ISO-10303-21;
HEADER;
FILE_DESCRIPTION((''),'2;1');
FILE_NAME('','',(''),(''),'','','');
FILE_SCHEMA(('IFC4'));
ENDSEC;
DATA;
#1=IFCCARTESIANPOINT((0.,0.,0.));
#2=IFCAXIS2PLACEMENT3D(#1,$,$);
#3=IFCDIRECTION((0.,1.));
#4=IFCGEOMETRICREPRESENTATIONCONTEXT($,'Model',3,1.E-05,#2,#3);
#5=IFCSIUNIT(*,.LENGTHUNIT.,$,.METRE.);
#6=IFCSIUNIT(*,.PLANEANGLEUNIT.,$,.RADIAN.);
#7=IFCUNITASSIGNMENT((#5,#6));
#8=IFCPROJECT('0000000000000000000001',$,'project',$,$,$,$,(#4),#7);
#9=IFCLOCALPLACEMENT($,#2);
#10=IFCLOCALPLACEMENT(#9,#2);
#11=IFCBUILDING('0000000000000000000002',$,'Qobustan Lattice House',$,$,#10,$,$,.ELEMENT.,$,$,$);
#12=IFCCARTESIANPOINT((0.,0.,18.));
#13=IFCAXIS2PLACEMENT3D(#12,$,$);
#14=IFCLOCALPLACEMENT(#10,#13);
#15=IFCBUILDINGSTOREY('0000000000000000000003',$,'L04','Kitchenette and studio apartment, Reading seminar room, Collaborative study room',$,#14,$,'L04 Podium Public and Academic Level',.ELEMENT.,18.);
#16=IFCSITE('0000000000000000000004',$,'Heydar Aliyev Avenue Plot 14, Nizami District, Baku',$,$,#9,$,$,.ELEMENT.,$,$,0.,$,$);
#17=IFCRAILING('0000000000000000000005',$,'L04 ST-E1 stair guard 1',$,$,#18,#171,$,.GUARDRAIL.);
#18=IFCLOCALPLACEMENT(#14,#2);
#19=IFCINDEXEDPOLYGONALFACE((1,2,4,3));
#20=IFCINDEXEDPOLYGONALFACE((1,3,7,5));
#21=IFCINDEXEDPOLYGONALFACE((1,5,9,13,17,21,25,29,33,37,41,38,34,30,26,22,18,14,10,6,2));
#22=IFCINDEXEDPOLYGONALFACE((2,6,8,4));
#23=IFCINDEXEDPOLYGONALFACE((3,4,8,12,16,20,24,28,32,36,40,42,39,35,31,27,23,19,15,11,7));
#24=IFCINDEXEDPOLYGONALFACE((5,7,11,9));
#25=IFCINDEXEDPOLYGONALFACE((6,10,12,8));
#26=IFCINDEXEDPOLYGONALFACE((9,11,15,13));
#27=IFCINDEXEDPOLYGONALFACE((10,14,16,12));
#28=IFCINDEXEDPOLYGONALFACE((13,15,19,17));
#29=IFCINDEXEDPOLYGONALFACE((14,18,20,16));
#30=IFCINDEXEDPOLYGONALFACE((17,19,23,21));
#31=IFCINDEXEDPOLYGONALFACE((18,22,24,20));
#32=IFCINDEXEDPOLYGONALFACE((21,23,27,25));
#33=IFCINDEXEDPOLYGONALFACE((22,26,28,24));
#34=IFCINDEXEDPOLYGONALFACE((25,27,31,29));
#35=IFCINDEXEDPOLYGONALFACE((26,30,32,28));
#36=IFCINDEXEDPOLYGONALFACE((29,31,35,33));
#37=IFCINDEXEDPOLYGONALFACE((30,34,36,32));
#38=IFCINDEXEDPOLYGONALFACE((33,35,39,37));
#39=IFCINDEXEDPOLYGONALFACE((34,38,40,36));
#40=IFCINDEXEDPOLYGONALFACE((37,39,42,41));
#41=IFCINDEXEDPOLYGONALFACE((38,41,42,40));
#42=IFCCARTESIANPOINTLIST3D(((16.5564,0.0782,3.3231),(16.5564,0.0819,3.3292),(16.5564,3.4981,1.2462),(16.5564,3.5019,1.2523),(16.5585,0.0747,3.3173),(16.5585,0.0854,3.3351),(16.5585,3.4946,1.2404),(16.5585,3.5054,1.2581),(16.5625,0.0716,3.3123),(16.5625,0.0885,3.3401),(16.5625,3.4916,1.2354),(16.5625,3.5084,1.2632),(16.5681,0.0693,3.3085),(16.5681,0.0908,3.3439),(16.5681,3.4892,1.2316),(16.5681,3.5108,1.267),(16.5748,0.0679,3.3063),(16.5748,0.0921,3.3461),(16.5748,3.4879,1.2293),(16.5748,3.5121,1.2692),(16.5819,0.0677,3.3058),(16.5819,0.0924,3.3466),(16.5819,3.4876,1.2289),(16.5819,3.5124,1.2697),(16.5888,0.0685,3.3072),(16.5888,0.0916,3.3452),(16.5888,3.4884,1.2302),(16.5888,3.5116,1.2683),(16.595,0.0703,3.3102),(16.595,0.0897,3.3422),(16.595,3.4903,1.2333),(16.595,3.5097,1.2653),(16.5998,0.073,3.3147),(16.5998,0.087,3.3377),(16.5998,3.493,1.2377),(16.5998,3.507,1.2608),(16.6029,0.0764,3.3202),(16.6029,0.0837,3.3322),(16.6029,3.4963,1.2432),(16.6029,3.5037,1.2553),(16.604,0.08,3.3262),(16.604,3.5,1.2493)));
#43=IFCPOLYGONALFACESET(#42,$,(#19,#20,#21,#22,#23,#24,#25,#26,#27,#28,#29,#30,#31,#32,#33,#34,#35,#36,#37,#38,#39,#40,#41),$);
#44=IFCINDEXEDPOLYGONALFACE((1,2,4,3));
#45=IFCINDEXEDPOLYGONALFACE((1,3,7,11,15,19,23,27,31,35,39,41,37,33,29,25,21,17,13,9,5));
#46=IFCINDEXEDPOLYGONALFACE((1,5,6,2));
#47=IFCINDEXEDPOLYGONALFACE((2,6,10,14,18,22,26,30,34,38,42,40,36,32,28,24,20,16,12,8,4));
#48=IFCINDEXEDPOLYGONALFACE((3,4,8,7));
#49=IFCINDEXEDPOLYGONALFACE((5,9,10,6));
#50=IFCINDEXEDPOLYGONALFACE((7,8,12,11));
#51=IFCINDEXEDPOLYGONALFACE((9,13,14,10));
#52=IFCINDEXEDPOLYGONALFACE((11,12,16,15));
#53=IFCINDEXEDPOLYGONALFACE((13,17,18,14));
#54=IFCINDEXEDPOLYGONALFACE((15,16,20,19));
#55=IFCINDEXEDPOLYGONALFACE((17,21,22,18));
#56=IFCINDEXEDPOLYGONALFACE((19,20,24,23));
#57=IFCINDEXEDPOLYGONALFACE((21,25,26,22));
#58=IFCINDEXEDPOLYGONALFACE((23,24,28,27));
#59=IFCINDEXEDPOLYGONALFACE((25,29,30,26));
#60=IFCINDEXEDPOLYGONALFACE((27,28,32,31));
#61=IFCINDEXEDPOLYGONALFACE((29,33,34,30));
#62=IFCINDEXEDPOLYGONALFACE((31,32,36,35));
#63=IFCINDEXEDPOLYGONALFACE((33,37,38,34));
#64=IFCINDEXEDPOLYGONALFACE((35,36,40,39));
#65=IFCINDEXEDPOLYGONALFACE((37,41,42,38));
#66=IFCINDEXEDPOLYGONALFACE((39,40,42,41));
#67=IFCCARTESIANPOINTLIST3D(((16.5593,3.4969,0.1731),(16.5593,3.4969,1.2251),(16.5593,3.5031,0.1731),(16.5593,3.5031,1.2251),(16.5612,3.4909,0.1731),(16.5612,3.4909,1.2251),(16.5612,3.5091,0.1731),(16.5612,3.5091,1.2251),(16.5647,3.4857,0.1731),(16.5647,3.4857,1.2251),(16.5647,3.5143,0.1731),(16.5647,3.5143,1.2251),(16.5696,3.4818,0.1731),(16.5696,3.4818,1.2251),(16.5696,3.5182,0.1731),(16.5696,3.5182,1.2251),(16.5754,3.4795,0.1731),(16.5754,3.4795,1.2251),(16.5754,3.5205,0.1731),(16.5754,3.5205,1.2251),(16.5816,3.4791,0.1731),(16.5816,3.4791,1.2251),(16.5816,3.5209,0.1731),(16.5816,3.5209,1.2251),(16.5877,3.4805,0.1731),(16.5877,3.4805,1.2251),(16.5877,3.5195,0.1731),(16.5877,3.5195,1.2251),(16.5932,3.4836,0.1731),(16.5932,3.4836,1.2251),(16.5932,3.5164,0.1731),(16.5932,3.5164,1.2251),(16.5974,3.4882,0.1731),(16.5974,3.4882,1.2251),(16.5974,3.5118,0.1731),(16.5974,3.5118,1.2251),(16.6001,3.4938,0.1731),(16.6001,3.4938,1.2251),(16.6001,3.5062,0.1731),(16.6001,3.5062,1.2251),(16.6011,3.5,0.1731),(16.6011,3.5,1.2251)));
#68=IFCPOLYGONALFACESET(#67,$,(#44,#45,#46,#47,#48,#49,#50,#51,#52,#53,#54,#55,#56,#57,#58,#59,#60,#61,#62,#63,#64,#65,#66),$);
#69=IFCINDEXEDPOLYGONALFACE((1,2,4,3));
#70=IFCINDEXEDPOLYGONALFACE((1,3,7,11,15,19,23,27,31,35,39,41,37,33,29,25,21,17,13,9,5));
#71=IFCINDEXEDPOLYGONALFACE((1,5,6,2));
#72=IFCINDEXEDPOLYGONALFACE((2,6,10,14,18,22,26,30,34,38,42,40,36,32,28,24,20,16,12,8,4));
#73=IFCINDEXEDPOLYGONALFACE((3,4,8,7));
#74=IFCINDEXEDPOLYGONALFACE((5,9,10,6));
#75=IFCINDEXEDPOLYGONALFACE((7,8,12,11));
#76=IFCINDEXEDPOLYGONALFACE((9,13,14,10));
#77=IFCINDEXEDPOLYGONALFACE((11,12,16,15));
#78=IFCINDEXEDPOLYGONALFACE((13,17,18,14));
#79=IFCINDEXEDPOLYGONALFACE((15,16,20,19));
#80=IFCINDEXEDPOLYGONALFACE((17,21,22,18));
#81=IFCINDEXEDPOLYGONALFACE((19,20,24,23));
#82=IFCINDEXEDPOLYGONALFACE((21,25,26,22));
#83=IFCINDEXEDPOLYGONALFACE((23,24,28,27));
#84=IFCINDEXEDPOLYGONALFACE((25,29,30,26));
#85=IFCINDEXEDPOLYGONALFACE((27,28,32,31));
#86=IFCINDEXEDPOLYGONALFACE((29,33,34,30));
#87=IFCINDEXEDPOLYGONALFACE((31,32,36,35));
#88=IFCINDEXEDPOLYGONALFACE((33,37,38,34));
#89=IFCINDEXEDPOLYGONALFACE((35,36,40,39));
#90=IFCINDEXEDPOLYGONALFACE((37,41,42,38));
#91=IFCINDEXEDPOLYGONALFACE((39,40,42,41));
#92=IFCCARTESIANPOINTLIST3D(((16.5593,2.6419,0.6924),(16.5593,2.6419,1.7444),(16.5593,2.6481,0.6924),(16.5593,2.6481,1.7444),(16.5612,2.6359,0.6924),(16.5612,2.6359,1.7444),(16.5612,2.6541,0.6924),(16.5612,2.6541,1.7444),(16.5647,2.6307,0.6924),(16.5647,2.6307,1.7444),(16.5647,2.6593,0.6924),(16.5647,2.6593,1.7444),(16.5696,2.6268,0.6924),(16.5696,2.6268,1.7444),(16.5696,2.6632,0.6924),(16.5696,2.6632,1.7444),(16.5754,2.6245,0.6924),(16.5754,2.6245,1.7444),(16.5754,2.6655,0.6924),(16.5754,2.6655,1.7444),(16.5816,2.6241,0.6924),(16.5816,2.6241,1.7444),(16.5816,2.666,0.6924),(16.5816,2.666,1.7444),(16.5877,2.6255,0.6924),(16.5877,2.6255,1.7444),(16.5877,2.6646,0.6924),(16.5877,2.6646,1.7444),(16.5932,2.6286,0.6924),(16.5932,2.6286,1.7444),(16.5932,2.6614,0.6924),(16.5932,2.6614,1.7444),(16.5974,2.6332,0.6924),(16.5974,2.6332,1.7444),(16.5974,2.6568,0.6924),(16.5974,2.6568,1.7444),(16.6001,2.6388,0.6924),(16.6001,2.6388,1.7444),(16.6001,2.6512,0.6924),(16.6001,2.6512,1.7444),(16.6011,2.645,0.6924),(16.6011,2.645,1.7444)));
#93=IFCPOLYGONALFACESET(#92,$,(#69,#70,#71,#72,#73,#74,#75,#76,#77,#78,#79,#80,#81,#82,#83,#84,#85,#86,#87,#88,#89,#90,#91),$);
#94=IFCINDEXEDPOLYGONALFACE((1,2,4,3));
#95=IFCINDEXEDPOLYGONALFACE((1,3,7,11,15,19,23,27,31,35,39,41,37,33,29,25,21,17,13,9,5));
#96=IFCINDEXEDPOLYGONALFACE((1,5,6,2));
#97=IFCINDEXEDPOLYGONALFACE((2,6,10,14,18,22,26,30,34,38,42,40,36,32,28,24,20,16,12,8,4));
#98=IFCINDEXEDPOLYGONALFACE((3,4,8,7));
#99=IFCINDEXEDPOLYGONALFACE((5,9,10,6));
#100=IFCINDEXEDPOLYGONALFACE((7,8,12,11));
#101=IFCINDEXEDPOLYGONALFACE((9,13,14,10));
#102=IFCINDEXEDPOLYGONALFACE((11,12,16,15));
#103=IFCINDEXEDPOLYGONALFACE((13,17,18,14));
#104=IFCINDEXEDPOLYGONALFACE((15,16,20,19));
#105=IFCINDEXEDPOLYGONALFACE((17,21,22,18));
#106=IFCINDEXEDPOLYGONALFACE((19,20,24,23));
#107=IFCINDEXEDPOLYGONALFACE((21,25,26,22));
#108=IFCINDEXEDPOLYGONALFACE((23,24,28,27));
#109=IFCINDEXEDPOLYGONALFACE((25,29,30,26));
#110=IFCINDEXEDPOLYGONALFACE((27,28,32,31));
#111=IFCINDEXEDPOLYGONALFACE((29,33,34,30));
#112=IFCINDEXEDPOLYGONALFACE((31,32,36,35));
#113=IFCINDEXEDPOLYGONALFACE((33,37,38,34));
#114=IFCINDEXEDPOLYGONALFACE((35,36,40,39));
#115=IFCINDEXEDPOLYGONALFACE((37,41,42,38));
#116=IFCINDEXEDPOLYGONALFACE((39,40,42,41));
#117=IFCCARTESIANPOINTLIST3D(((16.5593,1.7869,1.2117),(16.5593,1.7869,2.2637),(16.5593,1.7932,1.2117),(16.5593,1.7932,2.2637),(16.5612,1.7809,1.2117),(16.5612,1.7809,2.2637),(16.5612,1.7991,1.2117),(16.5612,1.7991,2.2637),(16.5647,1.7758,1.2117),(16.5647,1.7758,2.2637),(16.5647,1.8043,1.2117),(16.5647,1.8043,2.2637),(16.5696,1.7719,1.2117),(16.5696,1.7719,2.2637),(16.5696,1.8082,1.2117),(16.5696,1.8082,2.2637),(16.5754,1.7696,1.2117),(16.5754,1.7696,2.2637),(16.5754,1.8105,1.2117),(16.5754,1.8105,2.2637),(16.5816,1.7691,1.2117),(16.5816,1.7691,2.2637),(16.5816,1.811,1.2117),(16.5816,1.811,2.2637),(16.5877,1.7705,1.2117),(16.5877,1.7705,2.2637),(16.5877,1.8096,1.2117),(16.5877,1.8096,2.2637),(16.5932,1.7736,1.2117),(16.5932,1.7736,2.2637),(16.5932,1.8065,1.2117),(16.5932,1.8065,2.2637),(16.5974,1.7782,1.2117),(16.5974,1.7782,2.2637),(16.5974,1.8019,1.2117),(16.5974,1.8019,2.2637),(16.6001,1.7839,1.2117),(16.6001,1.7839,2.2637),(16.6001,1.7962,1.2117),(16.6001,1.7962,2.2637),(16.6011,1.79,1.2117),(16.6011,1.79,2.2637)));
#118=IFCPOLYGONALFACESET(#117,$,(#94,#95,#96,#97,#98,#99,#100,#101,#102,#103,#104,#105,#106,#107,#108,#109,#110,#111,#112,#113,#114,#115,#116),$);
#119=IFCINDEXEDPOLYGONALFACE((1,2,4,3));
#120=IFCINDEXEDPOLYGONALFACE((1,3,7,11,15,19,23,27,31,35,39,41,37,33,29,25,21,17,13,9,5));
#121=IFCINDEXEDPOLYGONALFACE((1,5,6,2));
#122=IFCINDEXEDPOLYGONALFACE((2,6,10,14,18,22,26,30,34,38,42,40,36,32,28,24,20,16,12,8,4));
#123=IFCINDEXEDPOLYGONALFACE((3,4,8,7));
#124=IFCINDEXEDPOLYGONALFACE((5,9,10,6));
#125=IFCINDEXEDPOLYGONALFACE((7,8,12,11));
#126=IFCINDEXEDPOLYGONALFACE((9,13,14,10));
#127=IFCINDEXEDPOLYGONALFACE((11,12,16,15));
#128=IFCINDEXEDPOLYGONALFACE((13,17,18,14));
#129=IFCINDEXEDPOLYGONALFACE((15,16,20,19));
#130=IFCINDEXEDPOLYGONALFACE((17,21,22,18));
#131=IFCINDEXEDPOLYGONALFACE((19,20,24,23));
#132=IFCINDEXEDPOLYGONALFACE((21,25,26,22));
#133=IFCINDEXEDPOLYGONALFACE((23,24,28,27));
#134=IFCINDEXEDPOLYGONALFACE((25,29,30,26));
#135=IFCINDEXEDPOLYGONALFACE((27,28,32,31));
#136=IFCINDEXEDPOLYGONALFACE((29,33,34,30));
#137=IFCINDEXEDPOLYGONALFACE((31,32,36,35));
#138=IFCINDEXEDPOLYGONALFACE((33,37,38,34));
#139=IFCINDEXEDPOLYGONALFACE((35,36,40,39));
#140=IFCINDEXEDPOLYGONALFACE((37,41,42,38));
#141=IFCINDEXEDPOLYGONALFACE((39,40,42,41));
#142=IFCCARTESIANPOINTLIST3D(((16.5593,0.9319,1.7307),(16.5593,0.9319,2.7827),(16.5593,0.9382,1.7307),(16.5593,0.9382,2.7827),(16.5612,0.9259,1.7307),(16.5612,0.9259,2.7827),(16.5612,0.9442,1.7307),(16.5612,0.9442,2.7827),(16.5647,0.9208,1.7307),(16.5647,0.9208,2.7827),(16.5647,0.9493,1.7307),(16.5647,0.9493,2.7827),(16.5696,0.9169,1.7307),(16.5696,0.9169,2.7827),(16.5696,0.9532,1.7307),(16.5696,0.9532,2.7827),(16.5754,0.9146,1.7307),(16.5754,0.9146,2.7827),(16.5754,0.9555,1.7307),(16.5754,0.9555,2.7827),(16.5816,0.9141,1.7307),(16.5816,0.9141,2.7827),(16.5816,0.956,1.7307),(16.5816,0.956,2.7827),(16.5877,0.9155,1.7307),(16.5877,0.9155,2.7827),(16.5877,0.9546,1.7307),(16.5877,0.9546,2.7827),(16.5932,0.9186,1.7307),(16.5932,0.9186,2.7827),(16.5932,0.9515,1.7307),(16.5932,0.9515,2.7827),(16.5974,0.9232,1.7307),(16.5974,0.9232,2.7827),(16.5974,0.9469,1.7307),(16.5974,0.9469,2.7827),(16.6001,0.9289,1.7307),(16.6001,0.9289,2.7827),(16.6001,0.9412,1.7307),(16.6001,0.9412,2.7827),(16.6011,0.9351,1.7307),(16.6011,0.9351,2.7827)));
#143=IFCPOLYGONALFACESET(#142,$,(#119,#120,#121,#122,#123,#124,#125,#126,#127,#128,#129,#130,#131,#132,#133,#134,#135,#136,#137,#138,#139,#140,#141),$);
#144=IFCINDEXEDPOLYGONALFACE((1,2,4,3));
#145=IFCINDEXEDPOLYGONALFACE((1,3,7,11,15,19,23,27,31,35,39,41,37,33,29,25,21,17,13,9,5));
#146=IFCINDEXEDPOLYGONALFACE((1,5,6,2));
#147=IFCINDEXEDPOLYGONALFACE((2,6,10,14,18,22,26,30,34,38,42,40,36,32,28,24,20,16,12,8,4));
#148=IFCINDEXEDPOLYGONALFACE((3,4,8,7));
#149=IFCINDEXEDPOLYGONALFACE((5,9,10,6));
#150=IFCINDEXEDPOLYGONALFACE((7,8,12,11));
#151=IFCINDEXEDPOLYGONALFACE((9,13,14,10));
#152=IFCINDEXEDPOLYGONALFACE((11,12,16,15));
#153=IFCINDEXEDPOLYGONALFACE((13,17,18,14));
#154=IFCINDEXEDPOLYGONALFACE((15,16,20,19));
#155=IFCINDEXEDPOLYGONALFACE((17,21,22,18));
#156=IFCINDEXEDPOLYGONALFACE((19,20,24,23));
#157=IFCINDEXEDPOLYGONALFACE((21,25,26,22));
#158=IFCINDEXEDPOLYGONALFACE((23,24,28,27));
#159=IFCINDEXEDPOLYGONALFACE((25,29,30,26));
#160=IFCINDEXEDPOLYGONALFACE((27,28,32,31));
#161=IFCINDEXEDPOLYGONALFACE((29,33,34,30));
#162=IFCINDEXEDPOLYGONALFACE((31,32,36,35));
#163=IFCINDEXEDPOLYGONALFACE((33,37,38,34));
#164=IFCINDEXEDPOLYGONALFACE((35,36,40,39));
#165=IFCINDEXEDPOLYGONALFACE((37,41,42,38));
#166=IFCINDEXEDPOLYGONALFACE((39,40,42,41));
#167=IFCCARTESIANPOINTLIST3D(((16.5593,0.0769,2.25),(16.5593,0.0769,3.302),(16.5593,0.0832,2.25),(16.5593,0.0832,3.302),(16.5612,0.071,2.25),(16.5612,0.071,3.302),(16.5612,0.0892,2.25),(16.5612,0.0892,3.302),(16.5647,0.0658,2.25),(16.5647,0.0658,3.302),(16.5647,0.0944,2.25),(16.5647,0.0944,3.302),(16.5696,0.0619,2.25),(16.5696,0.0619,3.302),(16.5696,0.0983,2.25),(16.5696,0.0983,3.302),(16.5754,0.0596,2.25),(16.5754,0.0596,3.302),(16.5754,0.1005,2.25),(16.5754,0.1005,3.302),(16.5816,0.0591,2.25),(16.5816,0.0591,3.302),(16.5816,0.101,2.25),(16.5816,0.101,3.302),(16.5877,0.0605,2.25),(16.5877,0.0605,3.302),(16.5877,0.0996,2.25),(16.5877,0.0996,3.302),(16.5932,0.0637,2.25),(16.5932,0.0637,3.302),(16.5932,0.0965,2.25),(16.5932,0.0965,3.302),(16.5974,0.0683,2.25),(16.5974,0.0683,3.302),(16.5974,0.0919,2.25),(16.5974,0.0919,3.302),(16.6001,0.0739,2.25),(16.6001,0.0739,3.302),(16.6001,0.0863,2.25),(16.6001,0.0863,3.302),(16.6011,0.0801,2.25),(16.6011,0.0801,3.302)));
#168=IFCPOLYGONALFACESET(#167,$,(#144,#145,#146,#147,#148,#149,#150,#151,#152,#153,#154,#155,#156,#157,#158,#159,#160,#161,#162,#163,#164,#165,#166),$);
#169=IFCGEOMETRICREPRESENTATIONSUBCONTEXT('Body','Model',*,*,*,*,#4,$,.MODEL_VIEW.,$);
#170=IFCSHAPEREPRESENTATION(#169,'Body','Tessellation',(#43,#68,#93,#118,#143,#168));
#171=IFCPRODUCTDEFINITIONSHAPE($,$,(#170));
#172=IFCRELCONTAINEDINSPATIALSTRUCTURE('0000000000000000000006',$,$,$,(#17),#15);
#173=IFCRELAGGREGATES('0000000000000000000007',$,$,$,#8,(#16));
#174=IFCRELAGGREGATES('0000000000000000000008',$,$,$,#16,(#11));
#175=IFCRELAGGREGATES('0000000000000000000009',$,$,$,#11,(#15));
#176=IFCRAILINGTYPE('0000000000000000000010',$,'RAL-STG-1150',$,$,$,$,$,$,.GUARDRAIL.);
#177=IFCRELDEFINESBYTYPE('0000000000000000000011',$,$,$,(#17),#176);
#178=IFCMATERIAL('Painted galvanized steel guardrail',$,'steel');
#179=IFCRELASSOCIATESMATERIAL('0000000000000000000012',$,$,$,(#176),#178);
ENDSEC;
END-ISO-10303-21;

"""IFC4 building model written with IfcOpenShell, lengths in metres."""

from ifc_helpers import new_model, si_unit, direction, frame, origin, origin_2d, place, context, subcontext, project, spatial, circle, extrude, material, type_object, element, save


model = new_model("IFC4")

# Units and contexts
model_context = context("Model", 3, precision=1e-05, world=origin(), true_north=direction((0.0, 1.0)))
body_context = subcontext(model_context, "Body", "Model", "MODEL_VIEW")
ifc_project = project(units=[si_unit("LENGTHUNIT", "METRE"), si_unit("PLANEANGLEUNIT", "RADIAN")], contexts=[model_context])

# Site, building, storey
site_placement = place(None, origin())
site = spatial("IfcSite", under=ifc_project, at=site_placement, Name="Heydar Aliyev Avenue Plot 14, Nizami District, Baku", CompositionType="ELEMENT", RefElevation=0.0)
building_placement = place(site_placement, origin())
building = spatial("IfcBuilding", under=site, at=building_placement, Name="Qobustan Lattice House", CompositionType="ELEMENT")
storey_placement = place(building_placement, frame((0.0, 0.0, 18.0)))
storey = spatial("IfcBuildingStorey", under=building, at=storey_placement, Name="L04", Description="Kitchenette and studio apartment, Reading seminar room, Collaborative study room", LongName="L04 Podium Public and Academic Level", CompositionType="ELEMENT", Elevation=18.0)

# Railing
ifc_material_1 = material(Name="Painted galvanized steel guardrail", Category="steel")
railing_type_1 = type_object("IfcRailingType", Name="RAL-STG-1150", PredefinedType="GUARDRAIL", material=ifc_material_1)
railing_1_placement = place(storey_placement, frame((16.5801, 3.5, 0.1731)))
element("IfcRailing", 1, at=railing_1_placement, inside=storey, type_object=railing_type_1, Name="L04 ST-E1 stair guard 1", PredefinedType="GUARDRAIL", context=body_context, shape_type="SweptSolid", body=[
    extrude(circle(Radius=0.0239, at=origin_2d()), frame((0.0, 0.0, 1.0762), z_axis=(0.0, -0.85473, 0.519074), x_axis=(1.0, 0.0, 0.0)), (0.0, 0.0, 1.0), 4.0012),
    extrude(circle(Radius=0.021, at=origin_2d()), origin(), (0.0, 0.0, 1.0), 1.052),
    extrude(circle(Radius=0.021, at=origin_2d()), frame((0.0, -0.855, 0.5193)), (0.0, 0.0, 1.0), 1.052),
    extrude(circle(Radius=0.021, at=origin_2d()), frame((0.0, -1.71, 1.0386)), (0.0, 0.0, 1.0), 1.052),
    extrude(circle(Radius=0.021, at=origin_2d()), frame((0.0, -2.5649, 1.5576)), (0.0, 0.0, 1.0), 1.052),
    extrude(circle(Radius=0.021, at=origin_2d()), frame((0.0, -3.4199, 2.0769)), (0.0, 0.0, 1.0), 1.052),
])

save(model, "model.ifc")
